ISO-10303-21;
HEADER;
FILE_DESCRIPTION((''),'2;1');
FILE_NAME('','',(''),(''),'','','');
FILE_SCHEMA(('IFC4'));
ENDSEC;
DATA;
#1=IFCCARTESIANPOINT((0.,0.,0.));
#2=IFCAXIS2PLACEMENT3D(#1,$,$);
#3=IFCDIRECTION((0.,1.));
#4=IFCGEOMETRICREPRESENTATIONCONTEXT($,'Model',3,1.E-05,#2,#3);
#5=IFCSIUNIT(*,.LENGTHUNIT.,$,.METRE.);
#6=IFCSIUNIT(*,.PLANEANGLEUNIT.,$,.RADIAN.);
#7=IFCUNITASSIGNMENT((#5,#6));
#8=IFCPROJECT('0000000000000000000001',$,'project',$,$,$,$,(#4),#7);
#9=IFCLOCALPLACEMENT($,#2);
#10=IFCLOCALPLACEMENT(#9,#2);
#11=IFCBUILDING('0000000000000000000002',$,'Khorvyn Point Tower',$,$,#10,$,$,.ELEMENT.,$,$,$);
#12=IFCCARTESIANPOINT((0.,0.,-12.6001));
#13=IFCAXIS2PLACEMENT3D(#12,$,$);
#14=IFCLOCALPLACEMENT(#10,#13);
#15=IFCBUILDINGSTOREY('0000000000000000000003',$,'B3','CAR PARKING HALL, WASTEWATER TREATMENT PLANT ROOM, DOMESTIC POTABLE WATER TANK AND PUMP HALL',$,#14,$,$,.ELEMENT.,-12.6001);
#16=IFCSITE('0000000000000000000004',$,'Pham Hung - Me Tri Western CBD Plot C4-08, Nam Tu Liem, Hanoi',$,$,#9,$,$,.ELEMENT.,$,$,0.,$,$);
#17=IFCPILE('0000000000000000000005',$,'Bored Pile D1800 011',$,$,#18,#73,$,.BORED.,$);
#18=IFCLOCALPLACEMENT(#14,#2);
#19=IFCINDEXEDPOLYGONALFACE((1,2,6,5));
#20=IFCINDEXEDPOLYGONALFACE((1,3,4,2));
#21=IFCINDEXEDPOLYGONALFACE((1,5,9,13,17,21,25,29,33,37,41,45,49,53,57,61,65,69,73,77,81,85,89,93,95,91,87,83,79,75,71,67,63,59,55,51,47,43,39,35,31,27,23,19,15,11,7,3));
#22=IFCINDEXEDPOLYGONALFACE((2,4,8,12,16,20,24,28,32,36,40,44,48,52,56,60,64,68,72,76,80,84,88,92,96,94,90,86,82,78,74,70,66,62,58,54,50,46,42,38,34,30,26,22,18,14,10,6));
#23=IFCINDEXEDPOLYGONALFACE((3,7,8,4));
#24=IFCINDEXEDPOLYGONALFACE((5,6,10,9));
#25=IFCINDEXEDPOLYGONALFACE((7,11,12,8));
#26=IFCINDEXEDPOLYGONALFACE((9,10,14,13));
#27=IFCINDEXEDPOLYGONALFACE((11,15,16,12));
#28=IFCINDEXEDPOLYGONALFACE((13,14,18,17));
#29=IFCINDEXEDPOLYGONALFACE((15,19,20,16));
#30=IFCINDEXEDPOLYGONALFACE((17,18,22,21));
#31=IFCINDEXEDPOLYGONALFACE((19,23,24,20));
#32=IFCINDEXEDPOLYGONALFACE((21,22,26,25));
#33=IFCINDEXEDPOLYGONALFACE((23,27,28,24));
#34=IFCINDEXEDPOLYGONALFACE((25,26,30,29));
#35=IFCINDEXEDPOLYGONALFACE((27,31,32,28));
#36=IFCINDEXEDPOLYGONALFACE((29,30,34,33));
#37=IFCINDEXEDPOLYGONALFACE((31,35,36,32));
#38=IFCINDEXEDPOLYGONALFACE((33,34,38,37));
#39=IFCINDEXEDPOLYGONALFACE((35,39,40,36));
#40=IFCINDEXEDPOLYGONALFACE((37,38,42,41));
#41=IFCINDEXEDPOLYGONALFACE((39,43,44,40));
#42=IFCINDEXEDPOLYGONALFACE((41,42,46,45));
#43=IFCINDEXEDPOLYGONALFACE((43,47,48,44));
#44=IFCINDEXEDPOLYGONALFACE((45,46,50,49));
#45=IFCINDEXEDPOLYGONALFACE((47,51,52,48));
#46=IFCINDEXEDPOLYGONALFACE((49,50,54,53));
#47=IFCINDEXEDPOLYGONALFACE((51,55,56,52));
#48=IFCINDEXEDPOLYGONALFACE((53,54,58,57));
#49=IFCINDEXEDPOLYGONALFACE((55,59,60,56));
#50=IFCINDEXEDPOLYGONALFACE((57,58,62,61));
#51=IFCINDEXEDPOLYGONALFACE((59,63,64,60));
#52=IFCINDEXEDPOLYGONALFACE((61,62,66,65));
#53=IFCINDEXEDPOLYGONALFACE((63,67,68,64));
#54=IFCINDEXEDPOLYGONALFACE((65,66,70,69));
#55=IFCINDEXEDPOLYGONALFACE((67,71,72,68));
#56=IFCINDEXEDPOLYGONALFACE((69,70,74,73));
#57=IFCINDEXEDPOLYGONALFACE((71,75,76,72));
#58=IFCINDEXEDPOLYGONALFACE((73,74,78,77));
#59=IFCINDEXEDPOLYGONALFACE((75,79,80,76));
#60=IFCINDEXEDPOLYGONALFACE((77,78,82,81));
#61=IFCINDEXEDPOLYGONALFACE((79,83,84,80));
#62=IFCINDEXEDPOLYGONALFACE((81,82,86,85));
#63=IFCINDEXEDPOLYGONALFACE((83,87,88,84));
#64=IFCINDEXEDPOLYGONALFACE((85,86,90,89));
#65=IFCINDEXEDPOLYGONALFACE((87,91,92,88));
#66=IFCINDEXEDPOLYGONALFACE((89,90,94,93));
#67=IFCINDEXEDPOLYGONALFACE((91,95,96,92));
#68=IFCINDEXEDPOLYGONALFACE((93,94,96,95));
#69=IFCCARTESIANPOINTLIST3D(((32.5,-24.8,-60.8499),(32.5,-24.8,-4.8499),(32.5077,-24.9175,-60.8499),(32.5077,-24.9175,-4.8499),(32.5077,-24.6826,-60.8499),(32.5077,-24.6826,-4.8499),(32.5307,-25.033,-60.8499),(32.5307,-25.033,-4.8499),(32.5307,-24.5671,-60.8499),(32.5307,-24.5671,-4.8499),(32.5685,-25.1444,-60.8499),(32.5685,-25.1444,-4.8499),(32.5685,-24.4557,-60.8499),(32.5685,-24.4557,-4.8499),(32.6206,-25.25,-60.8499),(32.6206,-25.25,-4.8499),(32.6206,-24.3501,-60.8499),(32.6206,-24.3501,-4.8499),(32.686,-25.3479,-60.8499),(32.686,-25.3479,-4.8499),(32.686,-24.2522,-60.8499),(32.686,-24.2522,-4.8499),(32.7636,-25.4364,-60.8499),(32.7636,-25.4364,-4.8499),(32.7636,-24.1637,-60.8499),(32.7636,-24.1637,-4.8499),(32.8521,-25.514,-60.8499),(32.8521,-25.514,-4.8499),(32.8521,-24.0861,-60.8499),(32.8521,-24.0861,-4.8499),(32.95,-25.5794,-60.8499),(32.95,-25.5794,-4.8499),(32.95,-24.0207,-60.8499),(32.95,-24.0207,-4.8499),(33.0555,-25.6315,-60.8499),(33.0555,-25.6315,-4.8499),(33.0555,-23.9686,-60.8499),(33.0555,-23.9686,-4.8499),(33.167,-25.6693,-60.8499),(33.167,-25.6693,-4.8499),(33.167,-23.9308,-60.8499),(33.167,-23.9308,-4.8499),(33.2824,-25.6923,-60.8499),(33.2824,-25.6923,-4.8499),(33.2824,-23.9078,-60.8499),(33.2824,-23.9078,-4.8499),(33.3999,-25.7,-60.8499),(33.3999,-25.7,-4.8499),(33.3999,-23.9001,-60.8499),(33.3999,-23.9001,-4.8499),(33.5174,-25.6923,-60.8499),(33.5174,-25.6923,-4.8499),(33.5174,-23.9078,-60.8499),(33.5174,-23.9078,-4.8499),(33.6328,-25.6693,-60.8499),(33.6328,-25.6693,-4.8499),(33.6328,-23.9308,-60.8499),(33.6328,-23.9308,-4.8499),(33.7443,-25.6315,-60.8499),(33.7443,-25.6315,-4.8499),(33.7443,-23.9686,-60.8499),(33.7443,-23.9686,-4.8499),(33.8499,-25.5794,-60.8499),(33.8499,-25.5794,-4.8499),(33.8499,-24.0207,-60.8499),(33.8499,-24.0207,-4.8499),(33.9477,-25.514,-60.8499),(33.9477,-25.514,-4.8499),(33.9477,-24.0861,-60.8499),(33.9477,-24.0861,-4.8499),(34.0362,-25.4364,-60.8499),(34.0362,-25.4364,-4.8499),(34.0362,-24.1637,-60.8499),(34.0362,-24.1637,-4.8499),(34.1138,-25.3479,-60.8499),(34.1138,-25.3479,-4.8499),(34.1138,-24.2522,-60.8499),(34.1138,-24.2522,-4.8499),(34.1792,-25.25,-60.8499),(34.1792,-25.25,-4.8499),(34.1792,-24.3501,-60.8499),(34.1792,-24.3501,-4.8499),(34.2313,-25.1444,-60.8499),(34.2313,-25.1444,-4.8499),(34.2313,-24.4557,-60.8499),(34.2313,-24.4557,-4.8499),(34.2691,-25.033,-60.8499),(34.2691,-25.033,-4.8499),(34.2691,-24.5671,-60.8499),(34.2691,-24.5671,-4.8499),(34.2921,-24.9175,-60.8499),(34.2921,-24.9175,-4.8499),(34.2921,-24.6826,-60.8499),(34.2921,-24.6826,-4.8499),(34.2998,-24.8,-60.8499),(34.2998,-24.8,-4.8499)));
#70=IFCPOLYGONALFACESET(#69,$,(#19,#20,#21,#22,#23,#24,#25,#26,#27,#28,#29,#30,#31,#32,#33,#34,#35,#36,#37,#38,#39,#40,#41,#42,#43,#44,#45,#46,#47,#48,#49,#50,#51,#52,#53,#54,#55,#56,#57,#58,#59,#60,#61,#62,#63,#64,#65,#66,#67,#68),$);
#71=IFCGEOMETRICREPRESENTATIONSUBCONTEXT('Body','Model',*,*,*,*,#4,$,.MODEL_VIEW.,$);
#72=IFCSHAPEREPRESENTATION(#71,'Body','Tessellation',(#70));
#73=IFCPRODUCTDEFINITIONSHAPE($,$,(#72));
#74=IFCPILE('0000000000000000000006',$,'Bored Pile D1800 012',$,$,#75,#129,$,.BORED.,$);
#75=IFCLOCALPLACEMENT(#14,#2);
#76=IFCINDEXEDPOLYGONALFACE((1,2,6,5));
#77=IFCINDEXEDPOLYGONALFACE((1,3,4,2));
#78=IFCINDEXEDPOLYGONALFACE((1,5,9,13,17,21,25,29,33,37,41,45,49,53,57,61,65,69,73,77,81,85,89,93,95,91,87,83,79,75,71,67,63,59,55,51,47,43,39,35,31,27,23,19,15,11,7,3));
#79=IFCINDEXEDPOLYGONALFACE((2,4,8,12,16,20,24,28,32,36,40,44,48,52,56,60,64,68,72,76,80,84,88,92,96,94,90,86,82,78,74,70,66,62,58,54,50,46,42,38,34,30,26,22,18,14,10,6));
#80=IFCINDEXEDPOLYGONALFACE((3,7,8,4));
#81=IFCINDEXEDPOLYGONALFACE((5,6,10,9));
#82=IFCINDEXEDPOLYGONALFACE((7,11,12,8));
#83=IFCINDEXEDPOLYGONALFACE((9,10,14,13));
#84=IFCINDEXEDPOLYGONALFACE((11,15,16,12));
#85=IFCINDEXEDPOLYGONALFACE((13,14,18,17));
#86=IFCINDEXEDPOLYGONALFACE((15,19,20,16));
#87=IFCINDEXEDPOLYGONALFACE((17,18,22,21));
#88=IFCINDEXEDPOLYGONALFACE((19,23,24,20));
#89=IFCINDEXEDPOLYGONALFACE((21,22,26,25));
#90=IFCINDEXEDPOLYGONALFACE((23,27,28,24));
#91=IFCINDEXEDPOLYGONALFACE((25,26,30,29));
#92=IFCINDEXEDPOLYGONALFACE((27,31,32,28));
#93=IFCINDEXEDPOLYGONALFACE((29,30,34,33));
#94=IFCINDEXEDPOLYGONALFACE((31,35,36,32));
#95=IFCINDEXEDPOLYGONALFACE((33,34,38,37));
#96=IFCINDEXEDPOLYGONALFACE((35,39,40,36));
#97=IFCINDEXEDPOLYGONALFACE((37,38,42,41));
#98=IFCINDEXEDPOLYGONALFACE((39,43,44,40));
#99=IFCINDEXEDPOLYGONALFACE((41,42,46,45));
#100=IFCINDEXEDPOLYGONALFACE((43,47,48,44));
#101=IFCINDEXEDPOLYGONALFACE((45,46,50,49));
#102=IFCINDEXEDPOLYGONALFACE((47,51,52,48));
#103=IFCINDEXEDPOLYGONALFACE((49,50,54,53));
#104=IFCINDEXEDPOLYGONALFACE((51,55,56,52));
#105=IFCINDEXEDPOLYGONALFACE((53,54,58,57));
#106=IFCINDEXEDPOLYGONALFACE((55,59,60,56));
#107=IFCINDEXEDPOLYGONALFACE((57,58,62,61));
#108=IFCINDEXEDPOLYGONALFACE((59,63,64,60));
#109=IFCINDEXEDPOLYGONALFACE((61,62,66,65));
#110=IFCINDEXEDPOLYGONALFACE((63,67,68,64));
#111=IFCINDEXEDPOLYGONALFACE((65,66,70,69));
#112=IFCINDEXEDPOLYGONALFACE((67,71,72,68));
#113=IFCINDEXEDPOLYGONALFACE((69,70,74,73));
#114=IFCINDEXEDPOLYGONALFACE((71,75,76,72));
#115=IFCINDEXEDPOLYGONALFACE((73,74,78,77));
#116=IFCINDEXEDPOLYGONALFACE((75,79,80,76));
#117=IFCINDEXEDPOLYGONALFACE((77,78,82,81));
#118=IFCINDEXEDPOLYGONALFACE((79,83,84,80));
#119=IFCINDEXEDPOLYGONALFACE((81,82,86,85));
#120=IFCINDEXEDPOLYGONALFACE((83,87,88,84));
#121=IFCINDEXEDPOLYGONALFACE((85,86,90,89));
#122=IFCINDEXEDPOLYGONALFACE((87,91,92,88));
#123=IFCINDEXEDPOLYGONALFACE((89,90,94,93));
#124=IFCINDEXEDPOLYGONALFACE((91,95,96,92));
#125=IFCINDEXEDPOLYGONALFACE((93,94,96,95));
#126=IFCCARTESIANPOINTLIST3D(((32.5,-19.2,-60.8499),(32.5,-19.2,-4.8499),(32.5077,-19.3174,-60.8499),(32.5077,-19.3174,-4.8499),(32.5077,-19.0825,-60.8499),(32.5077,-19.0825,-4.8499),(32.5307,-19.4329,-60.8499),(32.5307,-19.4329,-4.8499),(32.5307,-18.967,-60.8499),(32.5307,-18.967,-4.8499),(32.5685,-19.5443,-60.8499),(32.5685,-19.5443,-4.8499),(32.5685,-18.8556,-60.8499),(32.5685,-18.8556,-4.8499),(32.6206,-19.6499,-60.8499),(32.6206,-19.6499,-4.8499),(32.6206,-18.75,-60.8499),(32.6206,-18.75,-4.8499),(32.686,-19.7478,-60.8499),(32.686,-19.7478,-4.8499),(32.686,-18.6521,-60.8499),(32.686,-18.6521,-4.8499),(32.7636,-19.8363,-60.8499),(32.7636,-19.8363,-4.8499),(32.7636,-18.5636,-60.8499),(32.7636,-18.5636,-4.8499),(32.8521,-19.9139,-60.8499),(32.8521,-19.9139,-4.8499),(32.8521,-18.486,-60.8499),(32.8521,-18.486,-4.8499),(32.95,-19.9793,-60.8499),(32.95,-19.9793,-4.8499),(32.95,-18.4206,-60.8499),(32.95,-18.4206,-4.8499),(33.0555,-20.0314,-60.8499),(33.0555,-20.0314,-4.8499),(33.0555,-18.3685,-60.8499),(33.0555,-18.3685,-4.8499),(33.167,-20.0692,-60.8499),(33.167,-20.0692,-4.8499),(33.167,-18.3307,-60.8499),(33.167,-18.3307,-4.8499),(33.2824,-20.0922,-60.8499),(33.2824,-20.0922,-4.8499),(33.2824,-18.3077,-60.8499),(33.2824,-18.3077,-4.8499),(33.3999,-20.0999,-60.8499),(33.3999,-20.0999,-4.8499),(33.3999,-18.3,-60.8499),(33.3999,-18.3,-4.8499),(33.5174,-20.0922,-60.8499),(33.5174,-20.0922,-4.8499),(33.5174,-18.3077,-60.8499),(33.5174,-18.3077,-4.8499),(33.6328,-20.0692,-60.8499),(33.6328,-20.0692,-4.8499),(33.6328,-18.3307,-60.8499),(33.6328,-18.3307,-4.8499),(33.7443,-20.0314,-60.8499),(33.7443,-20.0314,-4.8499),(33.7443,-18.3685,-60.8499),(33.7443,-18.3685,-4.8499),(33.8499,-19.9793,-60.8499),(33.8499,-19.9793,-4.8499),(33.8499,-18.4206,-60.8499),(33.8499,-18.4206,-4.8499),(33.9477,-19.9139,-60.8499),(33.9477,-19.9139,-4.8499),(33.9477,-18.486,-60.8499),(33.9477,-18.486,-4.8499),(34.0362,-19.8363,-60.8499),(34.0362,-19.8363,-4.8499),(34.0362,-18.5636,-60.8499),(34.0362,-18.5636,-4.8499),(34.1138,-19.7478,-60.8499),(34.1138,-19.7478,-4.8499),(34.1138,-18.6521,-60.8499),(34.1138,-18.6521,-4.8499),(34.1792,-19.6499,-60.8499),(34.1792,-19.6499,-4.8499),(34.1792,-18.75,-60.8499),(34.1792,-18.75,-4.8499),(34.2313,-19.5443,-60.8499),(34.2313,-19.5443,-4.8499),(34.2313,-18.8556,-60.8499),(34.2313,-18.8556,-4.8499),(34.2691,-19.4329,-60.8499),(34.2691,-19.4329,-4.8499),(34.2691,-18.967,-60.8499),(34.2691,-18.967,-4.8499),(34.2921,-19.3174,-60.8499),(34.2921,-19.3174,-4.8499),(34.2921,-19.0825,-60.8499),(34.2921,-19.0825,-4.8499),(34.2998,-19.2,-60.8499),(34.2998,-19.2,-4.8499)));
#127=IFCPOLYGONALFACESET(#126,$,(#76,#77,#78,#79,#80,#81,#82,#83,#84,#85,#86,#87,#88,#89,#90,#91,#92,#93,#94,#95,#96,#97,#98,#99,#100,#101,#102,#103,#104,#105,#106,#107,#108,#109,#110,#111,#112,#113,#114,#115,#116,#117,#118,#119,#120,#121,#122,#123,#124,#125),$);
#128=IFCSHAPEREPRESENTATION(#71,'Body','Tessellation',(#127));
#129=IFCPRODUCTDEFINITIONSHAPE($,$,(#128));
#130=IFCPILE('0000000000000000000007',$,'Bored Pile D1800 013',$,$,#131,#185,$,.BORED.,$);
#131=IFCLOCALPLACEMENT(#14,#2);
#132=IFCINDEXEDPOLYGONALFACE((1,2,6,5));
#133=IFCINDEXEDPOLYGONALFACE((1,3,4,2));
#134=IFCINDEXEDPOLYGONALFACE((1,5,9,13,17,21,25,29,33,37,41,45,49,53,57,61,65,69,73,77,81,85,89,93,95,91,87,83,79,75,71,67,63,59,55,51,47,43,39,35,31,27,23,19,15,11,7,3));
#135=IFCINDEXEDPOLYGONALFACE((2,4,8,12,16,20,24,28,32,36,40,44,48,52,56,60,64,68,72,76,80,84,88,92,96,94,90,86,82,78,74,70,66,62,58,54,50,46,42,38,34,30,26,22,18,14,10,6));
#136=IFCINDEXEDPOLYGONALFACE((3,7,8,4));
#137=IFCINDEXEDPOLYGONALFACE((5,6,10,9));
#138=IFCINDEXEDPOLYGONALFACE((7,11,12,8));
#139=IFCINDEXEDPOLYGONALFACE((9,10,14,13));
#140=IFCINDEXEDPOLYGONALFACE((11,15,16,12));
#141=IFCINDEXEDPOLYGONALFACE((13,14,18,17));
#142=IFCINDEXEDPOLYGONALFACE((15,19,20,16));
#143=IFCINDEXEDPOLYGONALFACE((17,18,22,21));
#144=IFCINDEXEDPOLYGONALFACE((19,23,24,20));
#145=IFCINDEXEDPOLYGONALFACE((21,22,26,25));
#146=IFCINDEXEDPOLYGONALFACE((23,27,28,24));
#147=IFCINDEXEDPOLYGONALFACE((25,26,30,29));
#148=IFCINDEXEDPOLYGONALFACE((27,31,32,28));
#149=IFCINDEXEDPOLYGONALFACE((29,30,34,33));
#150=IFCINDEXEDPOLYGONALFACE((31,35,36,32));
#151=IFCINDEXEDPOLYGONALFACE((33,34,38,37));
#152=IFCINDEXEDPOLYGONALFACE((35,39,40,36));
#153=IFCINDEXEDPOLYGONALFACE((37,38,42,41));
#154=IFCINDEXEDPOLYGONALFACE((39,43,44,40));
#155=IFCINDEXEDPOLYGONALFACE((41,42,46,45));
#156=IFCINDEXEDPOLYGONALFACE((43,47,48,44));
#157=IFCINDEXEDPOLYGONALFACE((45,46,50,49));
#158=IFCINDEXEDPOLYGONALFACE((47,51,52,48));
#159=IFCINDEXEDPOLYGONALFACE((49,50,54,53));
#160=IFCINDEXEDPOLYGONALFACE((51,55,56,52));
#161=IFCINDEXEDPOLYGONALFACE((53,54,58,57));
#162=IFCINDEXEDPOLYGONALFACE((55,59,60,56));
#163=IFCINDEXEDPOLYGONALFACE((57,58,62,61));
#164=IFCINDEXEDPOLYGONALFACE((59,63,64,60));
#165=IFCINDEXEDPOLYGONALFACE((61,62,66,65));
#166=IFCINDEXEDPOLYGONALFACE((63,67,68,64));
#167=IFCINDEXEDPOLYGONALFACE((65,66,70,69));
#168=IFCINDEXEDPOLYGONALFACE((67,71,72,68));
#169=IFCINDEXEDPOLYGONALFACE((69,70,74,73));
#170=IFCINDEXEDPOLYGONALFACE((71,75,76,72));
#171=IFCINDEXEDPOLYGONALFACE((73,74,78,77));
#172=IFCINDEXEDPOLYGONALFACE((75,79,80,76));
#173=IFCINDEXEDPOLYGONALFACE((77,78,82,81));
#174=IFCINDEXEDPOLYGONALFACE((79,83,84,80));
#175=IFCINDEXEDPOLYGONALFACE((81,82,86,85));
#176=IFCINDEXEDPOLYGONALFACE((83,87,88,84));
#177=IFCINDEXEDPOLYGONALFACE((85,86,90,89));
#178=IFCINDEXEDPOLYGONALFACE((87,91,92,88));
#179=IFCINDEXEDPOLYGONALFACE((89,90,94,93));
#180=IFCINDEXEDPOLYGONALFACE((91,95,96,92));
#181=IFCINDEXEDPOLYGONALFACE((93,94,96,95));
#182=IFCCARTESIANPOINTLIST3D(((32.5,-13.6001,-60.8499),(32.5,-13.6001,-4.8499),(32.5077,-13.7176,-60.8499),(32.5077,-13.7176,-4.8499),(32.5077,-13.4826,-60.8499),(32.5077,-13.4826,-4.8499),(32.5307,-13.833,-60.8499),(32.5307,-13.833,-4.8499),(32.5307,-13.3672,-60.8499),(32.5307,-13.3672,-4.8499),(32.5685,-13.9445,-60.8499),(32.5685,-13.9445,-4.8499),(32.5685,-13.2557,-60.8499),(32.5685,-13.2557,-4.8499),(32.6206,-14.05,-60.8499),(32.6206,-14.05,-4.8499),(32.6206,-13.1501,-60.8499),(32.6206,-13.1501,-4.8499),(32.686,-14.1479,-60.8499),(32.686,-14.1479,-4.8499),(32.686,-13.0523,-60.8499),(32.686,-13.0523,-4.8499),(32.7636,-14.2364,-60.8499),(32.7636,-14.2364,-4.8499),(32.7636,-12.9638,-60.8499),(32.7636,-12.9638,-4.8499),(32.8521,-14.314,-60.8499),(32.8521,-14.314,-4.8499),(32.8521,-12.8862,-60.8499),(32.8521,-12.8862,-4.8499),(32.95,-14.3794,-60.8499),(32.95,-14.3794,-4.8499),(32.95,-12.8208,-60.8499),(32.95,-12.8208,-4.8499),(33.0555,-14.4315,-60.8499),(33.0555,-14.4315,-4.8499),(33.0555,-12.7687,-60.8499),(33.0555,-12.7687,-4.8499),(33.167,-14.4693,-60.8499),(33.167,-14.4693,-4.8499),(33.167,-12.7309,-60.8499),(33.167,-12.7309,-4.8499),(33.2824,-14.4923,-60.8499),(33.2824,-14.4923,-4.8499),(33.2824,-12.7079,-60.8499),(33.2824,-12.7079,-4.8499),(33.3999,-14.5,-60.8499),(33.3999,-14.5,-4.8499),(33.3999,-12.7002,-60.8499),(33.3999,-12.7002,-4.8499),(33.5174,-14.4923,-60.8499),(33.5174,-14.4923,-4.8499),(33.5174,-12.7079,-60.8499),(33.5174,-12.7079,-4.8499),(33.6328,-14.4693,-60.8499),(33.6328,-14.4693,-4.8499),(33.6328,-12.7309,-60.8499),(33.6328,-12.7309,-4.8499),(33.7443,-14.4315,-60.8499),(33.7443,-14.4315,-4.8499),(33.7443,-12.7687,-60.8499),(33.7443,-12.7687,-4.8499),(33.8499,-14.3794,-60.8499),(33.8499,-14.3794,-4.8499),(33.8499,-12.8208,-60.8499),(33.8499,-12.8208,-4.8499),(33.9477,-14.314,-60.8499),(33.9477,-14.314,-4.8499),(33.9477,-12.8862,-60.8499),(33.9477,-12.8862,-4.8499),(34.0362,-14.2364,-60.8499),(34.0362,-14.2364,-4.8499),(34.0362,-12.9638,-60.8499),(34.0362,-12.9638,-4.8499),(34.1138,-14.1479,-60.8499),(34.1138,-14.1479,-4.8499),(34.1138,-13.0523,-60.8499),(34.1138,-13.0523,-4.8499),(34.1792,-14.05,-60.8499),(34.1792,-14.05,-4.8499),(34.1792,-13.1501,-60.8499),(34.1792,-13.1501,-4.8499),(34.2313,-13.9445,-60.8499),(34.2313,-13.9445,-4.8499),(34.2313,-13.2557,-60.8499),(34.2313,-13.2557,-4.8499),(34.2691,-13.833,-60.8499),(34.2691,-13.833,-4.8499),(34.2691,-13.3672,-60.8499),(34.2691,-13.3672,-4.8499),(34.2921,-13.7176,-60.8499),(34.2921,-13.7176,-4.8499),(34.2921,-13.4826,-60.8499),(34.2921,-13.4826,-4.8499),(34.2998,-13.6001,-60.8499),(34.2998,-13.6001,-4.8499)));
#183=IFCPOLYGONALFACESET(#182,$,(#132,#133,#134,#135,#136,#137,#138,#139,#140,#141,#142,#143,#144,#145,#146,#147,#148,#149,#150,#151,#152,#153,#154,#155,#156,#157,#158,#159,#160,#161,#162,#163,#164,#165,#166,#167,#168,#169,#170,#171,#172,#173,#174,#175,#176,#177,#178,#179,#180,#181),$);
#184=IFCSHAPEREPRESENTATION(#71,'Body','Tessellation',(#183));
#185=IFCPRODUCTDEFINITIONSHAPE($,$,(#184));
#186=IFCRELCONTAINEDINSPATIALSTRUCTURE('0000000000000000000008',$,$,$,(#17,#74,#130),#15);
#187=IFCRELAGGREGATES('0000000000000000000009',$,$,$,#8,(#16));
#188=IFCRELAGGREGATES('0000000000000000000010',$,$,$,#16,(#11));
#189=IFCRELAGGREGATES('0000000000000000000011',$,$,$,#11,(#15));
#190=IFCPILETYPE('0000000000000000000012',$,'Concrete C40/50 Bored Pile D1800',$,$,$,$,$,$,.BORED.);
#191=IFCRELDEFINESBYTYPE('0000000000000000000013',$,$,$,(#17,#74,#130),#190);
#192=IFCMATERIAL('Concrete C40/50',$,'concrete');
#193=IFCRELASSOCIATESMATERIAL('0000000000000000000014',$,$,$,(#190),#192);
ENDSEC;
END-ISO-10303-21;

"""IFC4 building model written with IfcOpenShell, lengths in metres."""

from ifc_helpers import new_model, si_unit, direction, frame, origin, origin_2d, place, context, subcontext, project, spatial, circle, extrude, material, material_profile, profile_set, type_object, element, save


model = new_model("IFC4")

# Units and contexts
model_context = context("Model", 3, precision=1e-05, world=origin(), true_north=direction((0.0, 1.0)))
body_context = subcontext(model_context, "Body", "Model", "MODEL_VIEW")
ifc_project = project(units=[si_unit("LENGTHUNIT", "METRE"), si_unit("PLANEANGLEUNIT", "RADIAN")], contexts=[model_context])

# Site, building, storey
site_placement = place(None, origin())
site = spatial("IfcSite", under=ifc_project, at=site_placement, Name="Pham Hung - Me Tri Western CBD Plot C4-08, Nam Tu Liem, Hanoi", CompositionType="ELEMENT", RefElevation=0.0)
building_placement = place(site_placement, origin())
building = spatial("IfcBuilding", under=site, at=building_placement, Name="Khorvyn Point Tower", CompositionType="ELEMENT")
storey_placement = place(building_placement, frame((0.0, 0.0, -12.6001)))
storey = spatial("IfcBuildingStorey", under=building, at=storey_placement, Name="B3", Description="CAR PARKING HALL, WASTEWATER TREATMENT PLANT ROOM, DOMESTIC POTABLE WATER TANK AND PUMP HALL", CompositionType="ELEMENT", Elevation=-12.6001)

# Piles
ifc_material_1 = material(Name="Concrete C40/50", Category="concrete")
ifc_material_profile_1 = material_profile(ifc_material_1, circle(Radius=0.8999, at=origin_2d()))
ifc_profile_set_1 = profile_set([ifc_material_profile_1], Name="Concrete C40/50 PILE-D1800")
pile_type_1 = type_object("IfcPileType", Name="Concrete C40/50 Bored Pile D1800", PredefinedType="BORED", material=ifc_profile_set_1)
for number, where, z_axis, x_axis, name in (
    (1, (33.3999, -24.8, -4.8499), (0.0, 0.0, -1.0), (1.0, 0.0, 0.0), "Bored Pile D1800 011"),
    (2, (33.3999, -19.2, -4.8499), (0.0, 0.0, -1.0), (1.0, 0.0, 0.0), "Bored Pile D1800 012"),
    (3, (33.3999, -13.6001, -4.8499), (0.0, 0.0, -1.0), (1.0, 0.0, 0.0), "Bored Pile D1800 013"),
):
    element("IfcPile", number, at=place(storey_placement, frame(where, z_axis=z_axis, x_axis=x_axis)), inside=storey, type_object=pile_type_1, Name=name, PredefinedType="BORED", context=body_context, shape_type="SweptSolid", body=[
        extrude(circle(Radius=0.8999, at=origin_2d()), origin(), (0.0, 0.0, 1.0), 56.0),
    ])

save(model, "model.ifc")
